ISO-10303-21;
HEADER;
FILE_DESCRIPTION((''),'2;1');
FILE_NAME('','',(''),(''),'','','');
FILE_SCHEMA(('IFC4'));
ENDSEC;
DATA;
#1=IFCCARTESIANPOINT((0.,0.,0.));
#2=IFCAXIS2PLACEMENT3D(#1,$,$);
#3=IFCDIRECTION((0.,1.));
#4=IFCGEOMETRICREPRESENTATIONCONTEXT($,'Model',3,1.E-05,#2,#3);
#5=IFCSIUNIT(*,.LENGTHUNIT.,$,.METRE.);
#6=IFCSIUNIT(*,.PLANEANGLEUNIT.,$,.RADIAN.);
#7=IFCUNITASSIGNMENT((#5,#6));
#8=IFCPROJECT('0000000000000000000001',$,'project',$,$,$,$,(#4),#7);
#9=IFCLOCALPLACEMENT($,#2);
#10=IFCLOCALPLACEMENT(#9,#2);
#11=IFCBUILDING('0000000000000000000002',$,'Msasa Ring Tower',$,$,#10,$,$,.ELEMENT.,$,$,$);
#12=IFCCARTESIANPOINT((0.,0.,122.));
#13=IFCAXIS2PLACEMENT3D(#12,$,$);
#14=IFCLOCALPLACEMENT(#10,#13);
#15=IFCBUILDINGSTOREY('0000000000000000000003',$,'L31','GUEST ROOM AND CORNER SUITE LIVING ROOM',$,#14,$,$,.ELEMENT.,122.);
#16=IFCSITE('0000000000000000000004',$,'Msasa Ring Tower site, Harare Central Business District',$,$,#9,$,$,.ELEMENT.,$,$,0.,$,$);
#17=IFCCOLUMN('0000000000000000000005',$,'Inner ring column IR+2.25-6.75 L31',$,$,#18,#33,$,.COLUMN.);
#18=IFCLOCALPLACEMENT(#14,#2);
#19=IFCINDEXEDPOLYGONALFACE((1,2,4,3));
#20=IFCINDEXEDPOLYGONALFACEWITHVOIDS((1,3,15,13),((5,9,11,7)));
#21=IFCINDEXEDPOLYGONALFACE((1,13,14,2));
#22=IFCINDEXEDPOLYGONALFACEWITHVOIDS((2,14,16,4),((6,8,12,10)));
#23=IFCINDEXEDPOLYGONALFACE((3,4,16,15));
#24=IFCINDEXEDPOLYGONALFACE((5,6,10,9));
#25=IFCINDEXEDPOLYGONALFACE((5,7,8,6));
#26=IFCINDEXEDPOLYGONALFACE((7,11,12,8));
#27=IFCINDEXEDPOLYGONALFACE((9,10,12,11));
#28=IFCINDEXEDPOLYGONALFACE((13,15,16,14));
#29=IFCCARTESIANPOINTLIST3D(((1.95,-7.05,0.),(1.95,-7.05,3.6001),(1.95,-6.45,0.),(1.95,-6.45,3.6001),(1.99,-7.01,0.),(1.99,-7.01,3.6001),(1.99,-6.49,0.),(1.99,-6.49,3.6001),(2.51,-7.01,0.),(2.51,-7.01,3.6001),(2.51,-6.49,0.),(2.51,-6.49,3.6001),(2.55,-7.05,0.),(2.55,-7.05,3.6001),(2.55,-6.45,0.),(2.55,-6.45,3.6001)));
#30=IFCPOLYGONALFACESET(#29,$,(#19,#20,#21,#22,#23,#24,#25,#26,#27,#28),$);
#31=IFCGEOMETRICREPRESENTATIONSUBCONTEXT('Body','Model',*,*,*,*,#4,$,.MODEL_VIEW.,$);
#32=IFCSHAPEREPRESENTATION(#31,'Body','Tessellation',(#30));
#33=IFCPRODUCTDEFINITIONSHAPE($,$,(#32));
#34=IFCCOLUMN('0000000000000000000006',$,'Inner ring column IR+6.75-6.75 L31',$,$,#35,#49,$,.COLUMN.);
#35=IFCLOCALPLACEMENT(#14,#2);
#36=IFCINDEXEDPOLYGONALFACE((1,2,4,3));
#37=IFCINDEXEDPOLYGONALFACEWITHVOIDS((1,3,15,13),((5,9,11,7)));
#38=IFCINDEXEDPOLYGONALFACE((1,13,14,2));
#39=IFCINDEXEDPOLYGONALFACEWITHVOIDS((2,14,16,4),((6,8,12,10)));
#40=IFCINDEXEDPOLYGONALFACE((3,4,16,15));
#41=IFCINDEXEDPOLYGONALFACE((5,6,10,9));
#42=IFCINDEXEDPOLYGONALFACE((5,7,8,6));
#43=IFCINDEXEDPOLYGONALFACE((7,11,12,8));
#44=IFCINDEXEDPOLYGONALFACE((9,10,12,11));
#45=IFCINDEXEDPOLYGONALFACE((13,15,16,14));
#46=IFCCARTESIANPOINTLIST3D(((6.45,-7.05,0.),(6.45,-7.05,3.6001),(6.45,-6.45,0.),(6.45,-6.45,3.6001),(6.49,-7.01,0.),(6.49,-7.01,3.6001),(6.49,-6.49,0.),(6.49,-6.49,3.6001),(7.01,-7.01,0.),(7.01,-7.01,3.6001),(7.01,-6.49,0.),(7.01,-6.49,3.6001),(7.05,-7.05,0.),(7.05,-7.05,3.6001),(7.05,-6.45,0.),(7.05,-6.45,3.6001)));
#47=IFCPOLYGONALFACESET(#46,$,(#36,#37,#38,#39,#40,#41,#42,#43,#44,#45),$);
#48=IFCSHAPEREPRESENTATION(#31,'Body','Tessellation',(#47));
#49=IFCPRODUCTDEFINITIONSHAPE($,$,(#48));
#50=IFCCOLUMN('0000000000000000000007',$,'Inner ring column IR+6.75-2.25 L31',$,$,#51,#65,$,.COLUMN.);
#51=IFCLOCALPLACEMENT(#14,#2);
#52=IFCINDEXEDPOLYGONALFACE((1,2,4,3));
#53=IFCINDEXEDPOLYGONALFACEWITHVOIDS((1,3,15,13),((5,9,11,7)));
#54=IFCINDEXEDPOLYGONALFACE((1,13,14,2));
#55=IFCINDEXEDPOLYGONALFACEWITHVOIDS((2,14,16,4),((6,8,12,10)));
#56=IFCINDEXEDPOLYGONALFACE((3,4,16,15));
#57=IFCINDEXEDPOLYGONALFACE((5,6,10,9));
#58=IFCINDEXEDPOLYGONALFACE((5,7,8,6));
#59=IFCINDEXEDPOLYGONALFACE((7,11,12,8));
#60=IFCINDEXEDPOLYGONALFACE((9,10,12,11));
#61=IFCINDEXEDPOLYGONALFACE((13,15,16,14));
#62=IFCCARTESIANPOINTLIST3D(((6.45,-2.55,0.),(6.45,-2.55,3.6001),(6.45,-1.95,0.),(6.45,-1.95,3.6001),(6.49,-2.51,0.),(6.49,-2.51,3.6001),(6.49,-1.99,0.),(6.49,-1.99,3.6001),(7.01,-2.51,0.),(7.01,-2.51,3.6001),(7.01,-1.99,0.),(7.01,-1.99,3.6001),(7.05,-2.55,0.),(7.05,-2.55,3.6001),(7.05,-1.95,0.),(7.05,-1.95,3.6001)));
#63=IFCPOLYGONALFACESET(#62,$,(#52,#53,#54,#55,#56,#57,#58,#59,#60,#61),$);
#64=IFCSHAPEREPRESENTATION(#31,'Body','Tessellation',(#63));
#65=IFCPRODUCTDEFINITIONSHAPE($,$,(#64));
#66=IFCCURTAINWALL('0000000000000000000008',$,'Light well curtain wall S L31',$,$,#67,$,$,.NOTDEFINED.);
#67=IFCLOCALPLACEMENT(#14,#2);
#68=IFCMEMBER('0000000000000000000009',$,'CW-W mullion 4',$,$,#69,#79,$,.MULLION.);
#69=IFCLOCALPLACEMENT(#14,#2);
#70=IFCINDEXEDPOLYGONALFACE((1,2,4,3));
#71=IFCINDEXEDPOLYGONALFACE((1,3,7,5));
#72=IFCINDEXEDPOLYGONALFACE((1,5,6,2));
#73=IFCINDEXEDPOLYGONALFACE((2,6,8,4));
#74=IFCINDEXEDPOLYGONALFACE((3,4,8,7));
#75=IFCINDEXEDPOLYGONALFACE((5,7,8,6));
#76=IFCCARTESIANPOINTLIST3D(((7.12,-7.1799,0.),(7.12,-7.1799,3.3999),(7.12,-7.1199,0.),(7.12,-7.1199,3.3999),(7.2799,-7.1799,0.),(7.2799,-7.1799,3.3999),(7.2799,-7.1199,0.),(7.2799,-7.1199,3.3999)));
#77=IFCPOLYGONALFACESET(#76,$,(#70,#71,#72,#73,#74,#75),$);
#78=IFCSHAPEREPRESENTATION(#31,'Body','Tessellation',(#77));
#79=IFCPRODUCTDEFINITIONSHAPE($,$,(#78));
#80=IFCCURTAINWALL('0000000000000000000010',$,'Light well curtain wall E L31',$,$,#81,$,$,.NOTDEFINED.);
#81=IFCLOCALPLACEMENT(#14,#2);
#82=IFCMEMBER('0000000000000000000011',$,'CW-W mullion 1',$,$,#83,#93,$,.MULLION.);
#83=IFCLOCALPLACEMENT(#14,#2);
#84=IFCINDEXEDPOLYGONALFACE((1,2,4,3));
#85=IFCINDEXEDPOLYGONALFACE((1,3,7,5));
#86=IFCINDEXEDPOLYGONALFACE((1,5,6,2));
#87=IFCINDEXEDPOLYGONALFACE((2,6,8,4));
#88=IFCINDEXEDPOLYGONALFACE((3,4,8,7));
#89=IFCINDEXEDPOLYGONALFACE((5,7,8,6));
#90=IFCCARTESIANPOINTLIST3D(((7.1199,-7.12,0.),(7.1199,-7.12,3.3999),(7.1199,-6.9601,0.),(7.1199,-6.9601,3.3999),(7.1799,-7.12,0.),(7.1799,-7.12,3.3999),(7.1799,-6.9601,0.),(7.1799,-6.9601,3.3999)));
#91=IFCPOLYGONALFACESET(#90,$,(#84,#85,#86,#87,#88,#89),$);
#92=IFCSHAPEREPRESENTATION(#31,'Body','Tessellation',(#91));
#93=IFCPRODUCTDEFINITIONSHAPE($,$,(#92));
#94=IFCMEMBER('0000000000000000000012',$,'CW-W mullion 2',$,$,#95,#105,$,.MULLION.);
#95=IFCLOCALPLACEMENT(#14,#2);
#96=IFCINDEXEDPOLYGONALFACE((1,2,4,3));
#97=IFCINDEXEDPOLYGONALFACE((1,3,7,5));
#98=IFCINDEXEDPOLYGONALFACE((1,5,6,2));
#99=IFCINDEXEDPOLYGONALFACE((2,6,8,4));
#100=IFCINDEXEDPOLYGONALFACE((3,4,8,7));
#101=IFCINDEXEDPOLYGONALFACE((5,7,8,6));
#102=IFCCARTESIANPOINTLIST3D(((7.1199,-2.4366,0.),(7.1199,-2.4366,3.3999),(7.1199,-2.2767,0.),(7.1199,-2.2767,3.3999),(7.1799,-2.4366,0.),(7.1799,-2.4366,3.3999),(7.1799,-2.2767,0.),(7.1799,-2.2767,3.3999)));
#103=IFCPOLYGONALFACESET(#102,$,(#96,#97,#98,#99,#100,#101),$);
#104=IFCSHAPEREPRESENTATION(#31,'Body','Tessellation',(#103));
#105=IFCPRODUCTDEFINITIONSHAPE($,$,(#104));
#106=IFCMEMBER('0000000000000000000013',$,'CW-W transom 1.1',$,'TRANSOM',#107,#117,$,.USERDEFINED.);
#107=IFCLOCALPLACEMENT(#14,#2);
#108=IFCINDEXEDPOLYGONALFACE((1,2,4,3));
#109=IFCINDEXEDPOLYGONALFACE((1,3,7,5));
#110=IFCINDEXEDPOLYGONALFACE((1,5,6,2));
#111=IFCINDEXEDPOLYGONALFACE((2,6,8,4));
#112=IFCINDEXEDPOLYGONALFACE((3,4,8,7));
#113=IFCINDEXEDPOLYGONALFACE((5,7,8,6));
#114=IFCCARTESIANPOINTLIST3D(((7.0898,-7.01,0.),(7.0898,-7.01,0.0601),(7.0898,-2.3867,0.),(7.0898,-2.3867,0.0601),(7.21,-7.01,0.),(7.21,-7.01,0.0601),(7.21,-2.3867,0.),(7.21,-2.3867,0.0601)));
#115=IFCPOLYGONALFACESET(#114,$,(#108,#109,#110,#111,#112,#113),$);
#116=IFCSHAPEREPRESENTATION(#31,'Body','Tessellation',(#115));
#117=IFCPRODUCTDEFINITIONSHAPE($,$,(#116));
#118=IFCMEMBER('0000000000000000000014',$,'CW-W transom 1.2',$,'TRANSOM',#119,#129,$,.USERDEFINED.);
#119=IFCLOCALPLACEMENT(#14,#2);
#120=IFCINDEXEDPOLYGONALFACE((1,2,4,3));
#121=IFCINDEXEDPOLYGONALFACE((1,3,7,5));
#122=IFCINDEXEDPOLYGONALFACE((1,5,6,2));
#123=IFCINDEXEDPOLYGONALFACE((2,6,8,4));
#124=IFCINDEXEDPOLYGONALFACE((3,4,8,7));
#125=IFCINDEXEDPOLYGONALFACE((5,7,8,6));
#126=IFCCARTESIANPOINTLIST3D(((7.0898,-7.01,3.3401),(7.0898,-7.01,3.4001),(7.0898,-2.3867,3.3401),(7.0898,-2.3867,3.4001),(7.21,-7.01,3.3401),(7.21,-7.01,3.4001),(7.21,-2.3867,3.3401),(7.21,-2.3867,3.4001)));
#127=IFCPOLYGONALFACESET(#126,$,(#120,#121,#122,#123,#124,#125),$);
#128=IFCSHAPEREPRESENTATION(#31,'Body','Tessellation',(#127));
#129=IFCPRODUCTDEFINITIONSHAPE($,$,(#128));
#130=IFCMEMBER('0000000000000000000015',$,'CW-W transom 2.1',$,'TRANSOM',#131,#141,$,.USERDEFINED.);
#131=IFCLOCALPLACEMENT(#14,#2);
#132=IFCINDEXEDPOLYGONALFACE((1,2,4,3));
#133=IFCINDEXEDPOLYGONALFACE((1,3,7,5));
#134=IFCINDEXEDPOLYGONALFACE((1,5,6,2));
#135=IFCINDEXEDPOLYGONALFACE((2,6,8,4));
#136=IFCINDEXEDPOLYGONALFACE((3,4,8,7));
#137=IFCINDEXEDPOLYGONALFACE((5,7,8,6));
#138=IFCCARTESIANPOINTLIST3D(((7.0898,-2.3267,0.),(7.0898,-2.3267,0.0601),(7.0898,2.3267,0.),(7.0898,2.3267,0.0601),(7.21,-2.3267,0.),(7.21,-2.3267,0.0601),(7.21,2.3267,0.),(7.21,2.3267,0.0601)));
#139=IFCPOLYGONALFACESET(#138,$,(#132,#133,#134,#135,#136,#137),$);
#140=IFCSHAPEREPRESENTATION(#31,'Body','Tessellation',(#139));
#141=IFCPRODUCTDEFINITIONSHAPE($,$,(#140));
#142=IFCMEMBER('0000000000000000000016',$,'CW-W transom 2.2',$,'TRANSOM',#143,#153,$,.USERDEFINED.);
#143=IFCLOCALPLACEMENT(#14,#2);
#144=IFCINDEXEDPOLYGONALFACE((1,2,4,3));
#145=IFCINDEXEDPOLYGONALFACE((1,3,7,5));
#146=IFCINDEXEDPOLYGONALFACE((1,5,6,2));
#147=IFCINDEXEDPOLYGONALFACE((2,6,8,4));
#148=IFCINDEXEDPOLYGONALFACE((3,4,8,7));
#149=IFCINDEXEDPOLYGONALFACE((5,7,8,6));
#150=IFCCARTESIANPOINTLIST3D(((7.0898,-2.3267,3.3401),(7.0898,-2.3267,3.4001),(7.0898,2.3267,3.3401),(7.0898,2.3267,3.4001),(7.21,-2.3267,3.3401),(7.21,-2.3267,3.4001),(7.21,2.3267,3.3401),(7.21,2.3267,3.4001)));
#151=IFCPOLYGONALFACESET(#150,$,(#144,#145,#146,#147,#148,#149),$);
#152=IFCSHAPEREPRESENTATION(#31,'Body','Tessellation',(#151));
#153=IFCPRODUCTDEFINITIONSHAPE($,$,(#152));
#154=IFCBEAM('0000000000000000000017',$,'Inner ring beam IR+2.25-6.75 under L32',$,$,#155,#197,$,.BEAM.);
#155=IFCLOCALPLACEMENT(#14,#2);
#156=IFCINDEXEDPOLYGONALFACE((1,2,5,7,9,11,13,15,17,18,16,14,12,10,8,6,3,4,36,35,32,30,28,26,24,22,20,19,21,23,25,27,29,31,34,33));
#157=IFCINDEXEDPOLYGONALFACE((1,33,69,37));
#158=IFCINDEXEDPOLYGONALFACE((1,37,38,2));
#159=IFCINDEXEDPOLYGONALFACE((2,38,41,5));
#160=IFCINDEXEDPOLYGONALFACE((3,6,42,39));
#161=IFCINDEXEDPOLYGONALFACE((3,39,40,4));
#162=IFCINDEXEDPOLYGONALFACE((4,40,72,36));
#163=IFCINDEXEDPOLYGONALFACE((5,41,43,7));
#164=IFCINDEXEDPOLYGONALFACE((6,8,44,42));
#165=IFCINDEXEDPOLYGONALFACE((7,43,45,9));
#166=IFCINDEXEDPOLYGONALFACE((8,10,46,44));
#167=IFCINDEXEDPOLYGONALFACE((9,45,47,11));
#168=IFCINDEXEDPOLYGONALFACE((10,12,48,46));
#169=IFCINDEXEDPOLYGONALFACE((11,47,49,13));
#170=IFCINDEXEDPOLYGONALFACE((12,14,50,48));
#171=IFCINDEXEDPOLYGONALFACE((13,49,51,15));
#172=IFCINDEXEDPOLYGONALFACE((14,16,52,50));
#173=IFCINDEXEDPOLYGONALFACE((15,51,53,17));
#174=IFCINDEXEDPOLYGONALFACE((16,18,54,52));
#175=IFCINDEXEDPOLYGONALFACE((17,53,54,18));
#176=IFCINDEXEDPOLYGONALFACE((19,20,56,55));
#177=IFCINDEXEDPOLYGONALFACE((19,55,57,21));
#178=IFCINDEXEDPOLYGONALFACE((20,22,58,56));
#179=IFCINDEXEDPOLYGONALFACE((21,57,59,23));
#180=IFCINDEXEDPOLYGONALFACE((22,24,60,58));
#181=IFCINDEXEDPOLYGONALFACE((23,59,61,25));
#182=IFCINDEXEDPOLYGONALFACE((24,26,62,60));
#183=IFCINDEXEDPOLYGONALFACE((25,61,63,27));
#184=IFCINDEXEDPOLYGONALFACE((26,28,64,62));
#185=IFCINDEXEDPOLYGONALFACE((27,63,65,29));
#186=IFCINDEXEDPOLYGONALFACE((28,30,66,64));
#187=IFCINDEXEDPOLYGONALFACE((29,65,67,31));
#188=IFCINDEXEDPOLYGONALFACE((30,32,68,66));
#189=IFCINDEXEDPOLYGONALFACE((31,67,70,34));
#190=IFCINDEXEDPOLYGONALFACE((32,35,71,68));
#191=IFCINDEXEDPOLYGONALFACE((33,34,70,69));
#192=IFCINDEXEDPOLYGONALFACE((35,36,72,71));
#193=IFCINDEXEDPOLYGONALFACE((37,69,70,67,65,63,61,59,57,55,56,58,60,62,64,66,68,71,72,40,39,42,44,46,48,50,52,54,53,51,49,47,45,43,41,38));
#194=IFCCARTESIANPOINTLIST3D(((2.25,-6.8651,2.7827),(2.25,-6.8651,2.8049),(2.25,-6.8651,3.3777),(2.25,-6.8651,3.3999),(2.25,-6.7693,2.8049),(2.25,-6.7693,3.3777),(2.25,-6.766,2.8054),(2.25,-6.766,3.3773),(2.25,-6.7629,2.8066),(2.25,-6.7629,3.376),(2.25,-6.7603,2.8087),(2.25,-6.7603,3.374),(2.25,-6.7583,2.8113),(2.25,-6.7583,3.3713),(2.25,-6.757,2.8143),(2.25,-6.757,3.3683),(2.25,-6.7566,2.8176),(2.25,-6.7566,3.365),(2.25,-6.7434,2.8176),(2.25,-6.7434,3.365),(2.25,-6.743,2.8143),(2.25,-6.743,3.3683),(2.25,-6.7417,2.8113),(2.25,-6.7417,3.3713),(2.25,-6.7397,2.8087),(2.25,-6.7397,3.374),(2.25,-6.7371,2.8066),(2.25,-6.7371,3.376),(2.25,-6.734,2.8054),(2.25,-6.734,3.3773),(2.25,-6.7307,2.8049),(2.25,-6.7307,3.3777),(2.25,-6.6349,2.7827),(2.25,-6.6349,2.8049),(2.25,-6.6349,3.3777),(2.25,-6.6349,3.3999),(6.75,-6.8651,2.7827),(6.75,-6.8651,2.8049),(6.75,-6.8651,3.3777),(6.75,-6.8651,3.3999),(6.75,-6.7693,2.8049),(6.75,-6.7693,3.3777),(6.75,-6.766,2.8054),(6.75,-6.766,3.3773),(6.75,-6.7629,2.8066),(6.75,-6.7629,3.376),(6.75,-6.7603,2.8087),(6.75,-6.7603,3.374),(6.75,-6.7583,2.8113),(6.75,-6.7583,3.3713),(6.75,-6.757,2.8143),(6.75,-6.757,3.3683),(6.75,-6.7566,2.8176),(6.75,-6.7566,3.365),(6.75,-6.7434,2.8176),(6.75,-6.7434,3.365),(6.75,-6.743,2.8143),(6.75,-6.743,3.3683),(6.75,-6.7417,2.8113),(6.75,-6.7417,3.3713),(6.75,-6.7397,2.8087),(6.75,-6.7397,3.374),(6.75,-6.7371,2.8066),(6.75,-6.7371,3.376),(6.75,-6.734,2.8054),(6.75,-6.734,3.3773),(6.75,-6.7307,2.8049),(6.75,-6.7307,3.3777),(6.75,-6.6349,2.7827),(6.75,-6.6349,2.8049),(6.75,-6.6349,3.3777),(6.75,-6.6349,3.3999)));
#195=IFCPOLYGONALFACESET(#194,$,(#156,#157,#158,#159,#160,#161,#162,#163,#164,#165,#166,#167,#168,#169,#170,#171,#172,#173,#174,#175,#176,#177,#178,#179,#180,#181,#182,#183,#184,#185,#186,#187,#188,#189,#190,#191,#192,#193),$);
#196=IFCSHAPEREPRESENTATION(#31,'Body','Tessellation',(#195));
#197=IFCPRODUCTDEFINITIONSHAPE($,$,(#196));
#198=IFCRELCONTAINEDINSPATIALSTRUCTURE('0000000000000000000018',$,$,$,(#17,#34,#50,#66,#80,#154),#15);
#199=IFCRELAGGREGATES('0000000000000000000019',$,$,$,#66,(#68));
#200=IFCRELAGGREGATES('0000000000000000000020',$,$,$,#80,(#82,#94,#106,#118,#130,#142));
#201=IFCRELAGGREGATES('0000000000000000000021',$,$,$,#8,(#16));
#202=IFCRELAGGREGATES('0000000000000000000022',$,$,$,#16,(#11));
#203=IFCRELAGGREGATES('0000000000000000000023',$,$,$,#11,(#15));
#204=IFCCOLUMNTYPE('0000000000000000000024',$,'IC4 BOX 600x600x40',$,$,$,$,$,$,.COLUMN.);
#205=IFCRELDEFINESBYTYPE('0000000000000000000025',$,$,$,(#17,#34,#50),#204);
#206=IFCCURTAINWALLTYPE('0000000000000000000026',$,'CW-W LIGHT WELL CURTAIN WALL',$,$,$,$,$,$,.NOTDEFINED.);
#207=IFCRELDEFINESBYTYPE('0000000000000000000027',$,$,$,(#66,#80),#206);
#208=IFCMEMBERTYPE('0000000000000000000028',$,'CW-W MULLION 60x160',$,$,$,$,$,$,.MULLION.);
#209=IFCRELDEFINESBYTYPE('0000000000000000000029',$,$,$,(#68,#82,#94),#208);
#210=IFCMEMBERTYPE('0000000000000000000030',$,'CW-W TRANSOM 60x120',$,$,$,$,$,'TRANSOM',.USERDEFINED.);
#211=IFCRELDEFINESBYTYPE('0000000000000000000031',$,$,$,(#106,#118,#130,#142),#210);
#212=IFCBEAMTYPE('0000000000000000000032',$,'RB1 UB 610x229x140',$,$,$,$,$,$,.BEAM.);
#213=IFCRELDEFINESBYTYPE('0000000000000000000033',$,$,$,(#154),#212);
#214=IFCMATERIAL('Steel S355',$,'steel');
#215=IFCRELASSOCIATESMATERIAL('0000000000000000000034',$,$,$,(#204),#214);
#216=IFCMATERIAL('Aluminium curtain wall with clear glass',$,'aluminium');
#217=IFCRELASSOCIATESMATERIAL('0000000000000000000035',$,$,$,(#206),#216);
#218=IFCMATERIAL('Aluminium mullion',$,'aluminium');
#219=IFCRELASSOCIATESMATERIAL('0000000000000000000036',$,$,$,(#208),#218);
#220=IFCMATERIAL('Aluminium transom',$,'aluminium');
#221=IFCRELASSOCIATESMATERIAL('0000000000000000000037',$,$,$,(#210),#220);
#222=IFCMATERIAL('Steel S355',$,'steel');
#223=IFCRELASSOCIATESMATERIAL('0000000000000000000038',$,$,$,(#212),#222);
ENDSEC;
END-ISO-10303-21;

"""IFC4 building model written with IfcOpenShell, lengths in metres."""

from ifc_helpers import new_model, si_unit, direction, frame, origin, origin_2d, place, context, subcontext, project, spatial, rectangle, hollow_rectangle, i_section, extrude, material, material_profile, profile_set, type_object, element, aggregate, save


model = new_model("IFC4")

# Units and contexts
model_context = context("Model", 3, precision=1e-05, world=origin(), true_north=direction((0.0, 1.0)))
body_context = subcontext(model_context, "Body", "Model", "MODEL_VIEW")
ifc_project = project(units=[si_unit("LENGTHUNIT", "METRE"), si_unit("PLANEANGLEUNIT", "RADIAN")], contexts=[model_context])

# Site, building, storey
site_placement = place(None, origin())
site = spatial("IfcSite", under=ifc_project, at=site_placement, Name="Msasa Ring Tower site, Harare Central Business District", CompositionType="ELEMENT", RefElevation=0.0)
building_placement = place(site_placement, origin())
building = spatial("IfcBuilding", under=site, at=building_placement, Name="Msasa Ring Tower", CompositionType="ELEMENT")
storey_placement = place(building_placement, frame((0.0, 0.0, 122.0)))
storey = spatial("IfcBuildingStorey", under=building, at=storey_placement, Name="L31", Description="GUEST ROOM AND CORNER SUITE LIVING ROOM", CompositionType="ELEMENT", Elevation=122.0)

# Columns
ifc_material_1 = material(Name="Steel S355", Category="steel")
ifc_material_profile_1 = material_profile(ifc_material_1, hollow_rectangle(XDim=0.6001, YDim=0.6001, WallThickness=0.04, at=origin_2d()), Name="BOX 600x600x40")
ifc_profile_set_1 = profile_set([ifc_material_profile_1], Name="Steel S355")
column_type = type_object("IfcColumnType", Name="IC4 BOX 600x600x40", PredefinedType="COLUMN", material=ifc_profile_set_1)
for number, where, z_axis, x_axis, name in (
    (1, (2.25, -6.75, 0.0), (0.0, 0.0, 1.0), (1.0, 0.0, 0.0), "Inner ring column IR+2.25-6.75 L31"),
    (2, (6.75, -6.75, 0.0), (0.0, 0.0, 1.0), (1.0, 0.0, 0.0), "Inner ring column IR+6.75-6.75 L31"),
    (3, (6.75, -2.25, 0.0), (0.0, 0.0, 1.0), (1.0, 0.0, 0.0), "Inner ring column IR+6.75-2.25 L31"),
):
    element("IfcColumn", number, at=place(storey_placement, frame(where, z_axis=z_axis, x_axis=x_axis)), inside=storey, type_object=column_type, Name=name, PredefinedType="COLUMN", context=body_context, shape_type="SweptSolid", body=[
        extrude(hollow_rectangle(XDim=0.6001, YDim=0.6001, WallThickness=0.04, at=origin_2d()), origin(), (0.0, 0.0, 1.0), 3.6001),
    ])

# Curtain wall, member
ifc_material_2 = material(Name="Aluminium curtain wall with clear glass", Category="aluminium")
curtain_wall_type = type_object("IfcCurtainWallType", Name="CW-W LIGHT WELL CURTAIN WALL", PredefinedType="NOTDEFINED", material=ifc_material_2)
curtain_wall_1_placement = place(storey_placement, origin())
curtain_wall_1 = element("IfcCurtainWall", 4, at=curtain_wall_1_placement, inside=storey, type_object=curtain_wall_type, Name="Light well curtain wall S L31", PredefinedType="NOTDEFINED")
ifc_material_3 = material(Name="Aluminium mullion", Category="aluminium")
ifc_material_profile_2 = material_profile(ifc_material_3, rectangle(XDim=0.0601, YDim=0.1599, at=origin_2d()), Name="AL 60x160")
ifc_profile_set_2 = profile_set([ifc_material_profile_2], Name="Aluminium mullion")
member_type_1 = type_object("IfcMemberType", Name="CW-W MULLION 60x160", PredefinedType="MULLION", material=ifc_profile_set_2)
member_1_placement = place(storey_placement, frame((7.2, -7.1499, 0.0), z_axis=(0.0, 0.0, 1.0), x_axis=(0.0, 1.0, 0.0)))
member_1 = element("IfcMember", 5, at=member_1_placement, type_object=member_type_1, Name="CW-W mullion 4", PredefinedType="MULLION", context=body_context, shape_type="SweptSolid", body=[
    extrude(rectangle(XDim=0.0601, YDim=0.1599, at=origin_2d()), origin(), (0.0, 0.0, 1.0), 3.3999),
])
aggregate(curtain_wall_1, [member_1])

# Curtain wall, members
curtain_wall_2_placement = place(storey_placement, origin())
curtain_wall_2 = element("IfcCurtainWall", 6, at=curtain_wall_2_placement, inside=storey, type_object=curtain_wall_type, Name="Light well curtain wall E L31", PredefinedType="NOTDEFINED")
member_2_placement = place(storey_placement, frame((7.1499, -7.04, 0.0), z_axis=(0.0, 0.0, 1.0), x_axis=(-1.0, 0.0, 0.0)))
member_2 = element("IfcMember", 7, at=member_2_placement, type_object=member_type_1, Name="CW-W mullion 1", PredefinedType="MULLION", context=body_context, shape_type="SweptSolid", body=[
    extrude(rectangle(XDim=0.0601, YDim=0.1599, at=origin_2d()), origin(), (0.0, 0.0, 1.0), 3.3999),
])
member_3_placement = place(storey_placement, frame((7.1499, -2.3567, 0.0), z_axis=(0.0, 0.0, 1.0), x_axis=(-1.0, 0.0, 0.0)))
member_3 = element("IfcMember", 8, at=member_3_placement, type_object=member_type_1, Name="CW-W mullion 2", PredefinedType="MULLION", context=body_context, shape_type="SweptSolid", body=[
    extrude(rectangle(XDim=0.0601, YDim=0.1599, at=origin_2d()), origin(), (0.0, 0.0, 1.0), 3.3999),
])
ifc_material_4 = material(Name="Aluminium transom", Category="aluminium")
ifc_material_profile_3 = material_profile(ifc_material_4, rectangle(XDim=0.1201, YDim=0.0601, at=origin_2d()), Name="AL 60x120")
ifc_profile_set_3 = profile_set([ifc_material_profile_3], Name="Aluminium transom")
member_type_2 = type_object("IfcMemberType", Name="CW-W TRANSOM 60x120", ElementType="TRANSOM", PredefinedType="USERDEFINED", material=ifc_profile_set_3)
member_4_placement = place(storey_placement, frame((7.1499, -7.01, 0.03), z_axis=(0.0, 1.0, 0.0), x_axis=(-1.0, 0.0, 0.0)))
member_4 = element("IfcMember", 9, at=member_4_placement, type_object=member_type_2, Name="CW-W transom 1.1", ObjectType="TRANSOM", PredefinedType="USERDEFINED", context=body_context, shape_type="SweptSolid", body=[
    extrude(rectangle(XDim=0.1201, YDim=0.0601, at=origin_2d()), origin(), (0.0, 0.0, 1.0), 4.6233),
])
member_5_placement = place(storey_placement, frame((7.1499, -7.01, 3.3701), z_axis=(0.0, 1.0, 0.0), x_axis=(-1.0, 0.0, 0.0)))
member_5 = element("IfcMember", 10, at=member_5_placement, type_object=member_type_2, Name="CW-W transom 1.2", ObjectType="TRANSOM", PredefinedType="USERDEFINED", context=body_context, shape_type="SweptSolid", body=[
    extrude(rectangle(XDim=0.1201, YDim=0.0601, at=origin_2d()), origin(), (0.0, 0.0, 1.0), 4.6233),
])
member_6_placement = place(storey_placement, frame((7.1499, -2.3267, 0.03), z_axis=(0.0, 1.0, 0.0), x_axis=(-1.0, 0.0, 0.0)))
member_6 = element("IfcMember", 11, at=member_6_placement, type_object=member_type_2, Name="CW-W transom 2.1", ObjectType="TRANSOM", PredefinedType="USERDEFINED", context=body_context, shape_type="SweptSolid", body=[
    extrude(rectangle(XDim=0.1201, YDim=0.0601, at=origin_2d()), origin(), (0.0, 0.0, 1.0), 4.6533),
])
member_7_placement = place(storey_placement, frame((7.1499, -2.3267, 3.3701), z_axis=(0.0, 1.0, 0.0), x_axis=(-1.0, 0.0, 0.0)))
member_7 = element("IfcMember", 12, at=member_7_placement, type_object=member_type_2, Name="CW-W transom 2.2", ObjectType="TRANSOM", PredefinedType="USERDEFINED", context=body_context, shape_type="SweptSolid", body=[
    extrude(rectangle(XDim=0.1201, YDim=0.0601, at=origin_2d()), origin(), (0.0, 0.0, 1.0), 4.6533),
])

# Beam
ifc_material_5 = material(Name="Steel S355", Category="steel")
ifc_material_profile_4 = material_profile(ifc_material_5, i_section(OverallWidth=0.2302, OverallDepth=0.6172, WebThickness=0.0132, FlangeThickness=0.0222, FilletRadius=0.0127, at=origin_2d()), Name="UB 610x229x140")
ifc_profile_set_4 = profile_set([ifc_material_profile_4], Name="Steel S355")
beam_type = type_object("IfcBeamType", Name="RB1 UB 610x229x140", PredefinedType="BEAM", material=ifc_profile_set_4)
for number, where, z_axis, x_axis, name in (
    (13, (2.25, -6.75, 3.0913), (1.0, 0.0, 0.0), (0.0, 1.0, 0.0), "Inner ring beam IR+2.25-6.75 under L32"),
):
    element("IfcBeam", number, at=place(storey_placement, frame(where, z_axis=z_axis, x_axis=x_axis)), inside=storey, type_object=beam_type, Name=name, PredefinedType="BEAM", context=body_context, shape_type="SweptSolid", body=[
        extrude(i_section(OverallWidth=0.2302, OverallDepth=0.6172, WebThickness=0.0132, FlangeThickness=0.0222, FilletRadius=0.0127, at=origin_2d()), origin(), (0.0, 0.0, 1.0), 4.5),
    ])

aggregate(curtain_wall_2, [member_2, member_3, member_4, member_5, member_6, member_7])

save(model, "model.ifc")
